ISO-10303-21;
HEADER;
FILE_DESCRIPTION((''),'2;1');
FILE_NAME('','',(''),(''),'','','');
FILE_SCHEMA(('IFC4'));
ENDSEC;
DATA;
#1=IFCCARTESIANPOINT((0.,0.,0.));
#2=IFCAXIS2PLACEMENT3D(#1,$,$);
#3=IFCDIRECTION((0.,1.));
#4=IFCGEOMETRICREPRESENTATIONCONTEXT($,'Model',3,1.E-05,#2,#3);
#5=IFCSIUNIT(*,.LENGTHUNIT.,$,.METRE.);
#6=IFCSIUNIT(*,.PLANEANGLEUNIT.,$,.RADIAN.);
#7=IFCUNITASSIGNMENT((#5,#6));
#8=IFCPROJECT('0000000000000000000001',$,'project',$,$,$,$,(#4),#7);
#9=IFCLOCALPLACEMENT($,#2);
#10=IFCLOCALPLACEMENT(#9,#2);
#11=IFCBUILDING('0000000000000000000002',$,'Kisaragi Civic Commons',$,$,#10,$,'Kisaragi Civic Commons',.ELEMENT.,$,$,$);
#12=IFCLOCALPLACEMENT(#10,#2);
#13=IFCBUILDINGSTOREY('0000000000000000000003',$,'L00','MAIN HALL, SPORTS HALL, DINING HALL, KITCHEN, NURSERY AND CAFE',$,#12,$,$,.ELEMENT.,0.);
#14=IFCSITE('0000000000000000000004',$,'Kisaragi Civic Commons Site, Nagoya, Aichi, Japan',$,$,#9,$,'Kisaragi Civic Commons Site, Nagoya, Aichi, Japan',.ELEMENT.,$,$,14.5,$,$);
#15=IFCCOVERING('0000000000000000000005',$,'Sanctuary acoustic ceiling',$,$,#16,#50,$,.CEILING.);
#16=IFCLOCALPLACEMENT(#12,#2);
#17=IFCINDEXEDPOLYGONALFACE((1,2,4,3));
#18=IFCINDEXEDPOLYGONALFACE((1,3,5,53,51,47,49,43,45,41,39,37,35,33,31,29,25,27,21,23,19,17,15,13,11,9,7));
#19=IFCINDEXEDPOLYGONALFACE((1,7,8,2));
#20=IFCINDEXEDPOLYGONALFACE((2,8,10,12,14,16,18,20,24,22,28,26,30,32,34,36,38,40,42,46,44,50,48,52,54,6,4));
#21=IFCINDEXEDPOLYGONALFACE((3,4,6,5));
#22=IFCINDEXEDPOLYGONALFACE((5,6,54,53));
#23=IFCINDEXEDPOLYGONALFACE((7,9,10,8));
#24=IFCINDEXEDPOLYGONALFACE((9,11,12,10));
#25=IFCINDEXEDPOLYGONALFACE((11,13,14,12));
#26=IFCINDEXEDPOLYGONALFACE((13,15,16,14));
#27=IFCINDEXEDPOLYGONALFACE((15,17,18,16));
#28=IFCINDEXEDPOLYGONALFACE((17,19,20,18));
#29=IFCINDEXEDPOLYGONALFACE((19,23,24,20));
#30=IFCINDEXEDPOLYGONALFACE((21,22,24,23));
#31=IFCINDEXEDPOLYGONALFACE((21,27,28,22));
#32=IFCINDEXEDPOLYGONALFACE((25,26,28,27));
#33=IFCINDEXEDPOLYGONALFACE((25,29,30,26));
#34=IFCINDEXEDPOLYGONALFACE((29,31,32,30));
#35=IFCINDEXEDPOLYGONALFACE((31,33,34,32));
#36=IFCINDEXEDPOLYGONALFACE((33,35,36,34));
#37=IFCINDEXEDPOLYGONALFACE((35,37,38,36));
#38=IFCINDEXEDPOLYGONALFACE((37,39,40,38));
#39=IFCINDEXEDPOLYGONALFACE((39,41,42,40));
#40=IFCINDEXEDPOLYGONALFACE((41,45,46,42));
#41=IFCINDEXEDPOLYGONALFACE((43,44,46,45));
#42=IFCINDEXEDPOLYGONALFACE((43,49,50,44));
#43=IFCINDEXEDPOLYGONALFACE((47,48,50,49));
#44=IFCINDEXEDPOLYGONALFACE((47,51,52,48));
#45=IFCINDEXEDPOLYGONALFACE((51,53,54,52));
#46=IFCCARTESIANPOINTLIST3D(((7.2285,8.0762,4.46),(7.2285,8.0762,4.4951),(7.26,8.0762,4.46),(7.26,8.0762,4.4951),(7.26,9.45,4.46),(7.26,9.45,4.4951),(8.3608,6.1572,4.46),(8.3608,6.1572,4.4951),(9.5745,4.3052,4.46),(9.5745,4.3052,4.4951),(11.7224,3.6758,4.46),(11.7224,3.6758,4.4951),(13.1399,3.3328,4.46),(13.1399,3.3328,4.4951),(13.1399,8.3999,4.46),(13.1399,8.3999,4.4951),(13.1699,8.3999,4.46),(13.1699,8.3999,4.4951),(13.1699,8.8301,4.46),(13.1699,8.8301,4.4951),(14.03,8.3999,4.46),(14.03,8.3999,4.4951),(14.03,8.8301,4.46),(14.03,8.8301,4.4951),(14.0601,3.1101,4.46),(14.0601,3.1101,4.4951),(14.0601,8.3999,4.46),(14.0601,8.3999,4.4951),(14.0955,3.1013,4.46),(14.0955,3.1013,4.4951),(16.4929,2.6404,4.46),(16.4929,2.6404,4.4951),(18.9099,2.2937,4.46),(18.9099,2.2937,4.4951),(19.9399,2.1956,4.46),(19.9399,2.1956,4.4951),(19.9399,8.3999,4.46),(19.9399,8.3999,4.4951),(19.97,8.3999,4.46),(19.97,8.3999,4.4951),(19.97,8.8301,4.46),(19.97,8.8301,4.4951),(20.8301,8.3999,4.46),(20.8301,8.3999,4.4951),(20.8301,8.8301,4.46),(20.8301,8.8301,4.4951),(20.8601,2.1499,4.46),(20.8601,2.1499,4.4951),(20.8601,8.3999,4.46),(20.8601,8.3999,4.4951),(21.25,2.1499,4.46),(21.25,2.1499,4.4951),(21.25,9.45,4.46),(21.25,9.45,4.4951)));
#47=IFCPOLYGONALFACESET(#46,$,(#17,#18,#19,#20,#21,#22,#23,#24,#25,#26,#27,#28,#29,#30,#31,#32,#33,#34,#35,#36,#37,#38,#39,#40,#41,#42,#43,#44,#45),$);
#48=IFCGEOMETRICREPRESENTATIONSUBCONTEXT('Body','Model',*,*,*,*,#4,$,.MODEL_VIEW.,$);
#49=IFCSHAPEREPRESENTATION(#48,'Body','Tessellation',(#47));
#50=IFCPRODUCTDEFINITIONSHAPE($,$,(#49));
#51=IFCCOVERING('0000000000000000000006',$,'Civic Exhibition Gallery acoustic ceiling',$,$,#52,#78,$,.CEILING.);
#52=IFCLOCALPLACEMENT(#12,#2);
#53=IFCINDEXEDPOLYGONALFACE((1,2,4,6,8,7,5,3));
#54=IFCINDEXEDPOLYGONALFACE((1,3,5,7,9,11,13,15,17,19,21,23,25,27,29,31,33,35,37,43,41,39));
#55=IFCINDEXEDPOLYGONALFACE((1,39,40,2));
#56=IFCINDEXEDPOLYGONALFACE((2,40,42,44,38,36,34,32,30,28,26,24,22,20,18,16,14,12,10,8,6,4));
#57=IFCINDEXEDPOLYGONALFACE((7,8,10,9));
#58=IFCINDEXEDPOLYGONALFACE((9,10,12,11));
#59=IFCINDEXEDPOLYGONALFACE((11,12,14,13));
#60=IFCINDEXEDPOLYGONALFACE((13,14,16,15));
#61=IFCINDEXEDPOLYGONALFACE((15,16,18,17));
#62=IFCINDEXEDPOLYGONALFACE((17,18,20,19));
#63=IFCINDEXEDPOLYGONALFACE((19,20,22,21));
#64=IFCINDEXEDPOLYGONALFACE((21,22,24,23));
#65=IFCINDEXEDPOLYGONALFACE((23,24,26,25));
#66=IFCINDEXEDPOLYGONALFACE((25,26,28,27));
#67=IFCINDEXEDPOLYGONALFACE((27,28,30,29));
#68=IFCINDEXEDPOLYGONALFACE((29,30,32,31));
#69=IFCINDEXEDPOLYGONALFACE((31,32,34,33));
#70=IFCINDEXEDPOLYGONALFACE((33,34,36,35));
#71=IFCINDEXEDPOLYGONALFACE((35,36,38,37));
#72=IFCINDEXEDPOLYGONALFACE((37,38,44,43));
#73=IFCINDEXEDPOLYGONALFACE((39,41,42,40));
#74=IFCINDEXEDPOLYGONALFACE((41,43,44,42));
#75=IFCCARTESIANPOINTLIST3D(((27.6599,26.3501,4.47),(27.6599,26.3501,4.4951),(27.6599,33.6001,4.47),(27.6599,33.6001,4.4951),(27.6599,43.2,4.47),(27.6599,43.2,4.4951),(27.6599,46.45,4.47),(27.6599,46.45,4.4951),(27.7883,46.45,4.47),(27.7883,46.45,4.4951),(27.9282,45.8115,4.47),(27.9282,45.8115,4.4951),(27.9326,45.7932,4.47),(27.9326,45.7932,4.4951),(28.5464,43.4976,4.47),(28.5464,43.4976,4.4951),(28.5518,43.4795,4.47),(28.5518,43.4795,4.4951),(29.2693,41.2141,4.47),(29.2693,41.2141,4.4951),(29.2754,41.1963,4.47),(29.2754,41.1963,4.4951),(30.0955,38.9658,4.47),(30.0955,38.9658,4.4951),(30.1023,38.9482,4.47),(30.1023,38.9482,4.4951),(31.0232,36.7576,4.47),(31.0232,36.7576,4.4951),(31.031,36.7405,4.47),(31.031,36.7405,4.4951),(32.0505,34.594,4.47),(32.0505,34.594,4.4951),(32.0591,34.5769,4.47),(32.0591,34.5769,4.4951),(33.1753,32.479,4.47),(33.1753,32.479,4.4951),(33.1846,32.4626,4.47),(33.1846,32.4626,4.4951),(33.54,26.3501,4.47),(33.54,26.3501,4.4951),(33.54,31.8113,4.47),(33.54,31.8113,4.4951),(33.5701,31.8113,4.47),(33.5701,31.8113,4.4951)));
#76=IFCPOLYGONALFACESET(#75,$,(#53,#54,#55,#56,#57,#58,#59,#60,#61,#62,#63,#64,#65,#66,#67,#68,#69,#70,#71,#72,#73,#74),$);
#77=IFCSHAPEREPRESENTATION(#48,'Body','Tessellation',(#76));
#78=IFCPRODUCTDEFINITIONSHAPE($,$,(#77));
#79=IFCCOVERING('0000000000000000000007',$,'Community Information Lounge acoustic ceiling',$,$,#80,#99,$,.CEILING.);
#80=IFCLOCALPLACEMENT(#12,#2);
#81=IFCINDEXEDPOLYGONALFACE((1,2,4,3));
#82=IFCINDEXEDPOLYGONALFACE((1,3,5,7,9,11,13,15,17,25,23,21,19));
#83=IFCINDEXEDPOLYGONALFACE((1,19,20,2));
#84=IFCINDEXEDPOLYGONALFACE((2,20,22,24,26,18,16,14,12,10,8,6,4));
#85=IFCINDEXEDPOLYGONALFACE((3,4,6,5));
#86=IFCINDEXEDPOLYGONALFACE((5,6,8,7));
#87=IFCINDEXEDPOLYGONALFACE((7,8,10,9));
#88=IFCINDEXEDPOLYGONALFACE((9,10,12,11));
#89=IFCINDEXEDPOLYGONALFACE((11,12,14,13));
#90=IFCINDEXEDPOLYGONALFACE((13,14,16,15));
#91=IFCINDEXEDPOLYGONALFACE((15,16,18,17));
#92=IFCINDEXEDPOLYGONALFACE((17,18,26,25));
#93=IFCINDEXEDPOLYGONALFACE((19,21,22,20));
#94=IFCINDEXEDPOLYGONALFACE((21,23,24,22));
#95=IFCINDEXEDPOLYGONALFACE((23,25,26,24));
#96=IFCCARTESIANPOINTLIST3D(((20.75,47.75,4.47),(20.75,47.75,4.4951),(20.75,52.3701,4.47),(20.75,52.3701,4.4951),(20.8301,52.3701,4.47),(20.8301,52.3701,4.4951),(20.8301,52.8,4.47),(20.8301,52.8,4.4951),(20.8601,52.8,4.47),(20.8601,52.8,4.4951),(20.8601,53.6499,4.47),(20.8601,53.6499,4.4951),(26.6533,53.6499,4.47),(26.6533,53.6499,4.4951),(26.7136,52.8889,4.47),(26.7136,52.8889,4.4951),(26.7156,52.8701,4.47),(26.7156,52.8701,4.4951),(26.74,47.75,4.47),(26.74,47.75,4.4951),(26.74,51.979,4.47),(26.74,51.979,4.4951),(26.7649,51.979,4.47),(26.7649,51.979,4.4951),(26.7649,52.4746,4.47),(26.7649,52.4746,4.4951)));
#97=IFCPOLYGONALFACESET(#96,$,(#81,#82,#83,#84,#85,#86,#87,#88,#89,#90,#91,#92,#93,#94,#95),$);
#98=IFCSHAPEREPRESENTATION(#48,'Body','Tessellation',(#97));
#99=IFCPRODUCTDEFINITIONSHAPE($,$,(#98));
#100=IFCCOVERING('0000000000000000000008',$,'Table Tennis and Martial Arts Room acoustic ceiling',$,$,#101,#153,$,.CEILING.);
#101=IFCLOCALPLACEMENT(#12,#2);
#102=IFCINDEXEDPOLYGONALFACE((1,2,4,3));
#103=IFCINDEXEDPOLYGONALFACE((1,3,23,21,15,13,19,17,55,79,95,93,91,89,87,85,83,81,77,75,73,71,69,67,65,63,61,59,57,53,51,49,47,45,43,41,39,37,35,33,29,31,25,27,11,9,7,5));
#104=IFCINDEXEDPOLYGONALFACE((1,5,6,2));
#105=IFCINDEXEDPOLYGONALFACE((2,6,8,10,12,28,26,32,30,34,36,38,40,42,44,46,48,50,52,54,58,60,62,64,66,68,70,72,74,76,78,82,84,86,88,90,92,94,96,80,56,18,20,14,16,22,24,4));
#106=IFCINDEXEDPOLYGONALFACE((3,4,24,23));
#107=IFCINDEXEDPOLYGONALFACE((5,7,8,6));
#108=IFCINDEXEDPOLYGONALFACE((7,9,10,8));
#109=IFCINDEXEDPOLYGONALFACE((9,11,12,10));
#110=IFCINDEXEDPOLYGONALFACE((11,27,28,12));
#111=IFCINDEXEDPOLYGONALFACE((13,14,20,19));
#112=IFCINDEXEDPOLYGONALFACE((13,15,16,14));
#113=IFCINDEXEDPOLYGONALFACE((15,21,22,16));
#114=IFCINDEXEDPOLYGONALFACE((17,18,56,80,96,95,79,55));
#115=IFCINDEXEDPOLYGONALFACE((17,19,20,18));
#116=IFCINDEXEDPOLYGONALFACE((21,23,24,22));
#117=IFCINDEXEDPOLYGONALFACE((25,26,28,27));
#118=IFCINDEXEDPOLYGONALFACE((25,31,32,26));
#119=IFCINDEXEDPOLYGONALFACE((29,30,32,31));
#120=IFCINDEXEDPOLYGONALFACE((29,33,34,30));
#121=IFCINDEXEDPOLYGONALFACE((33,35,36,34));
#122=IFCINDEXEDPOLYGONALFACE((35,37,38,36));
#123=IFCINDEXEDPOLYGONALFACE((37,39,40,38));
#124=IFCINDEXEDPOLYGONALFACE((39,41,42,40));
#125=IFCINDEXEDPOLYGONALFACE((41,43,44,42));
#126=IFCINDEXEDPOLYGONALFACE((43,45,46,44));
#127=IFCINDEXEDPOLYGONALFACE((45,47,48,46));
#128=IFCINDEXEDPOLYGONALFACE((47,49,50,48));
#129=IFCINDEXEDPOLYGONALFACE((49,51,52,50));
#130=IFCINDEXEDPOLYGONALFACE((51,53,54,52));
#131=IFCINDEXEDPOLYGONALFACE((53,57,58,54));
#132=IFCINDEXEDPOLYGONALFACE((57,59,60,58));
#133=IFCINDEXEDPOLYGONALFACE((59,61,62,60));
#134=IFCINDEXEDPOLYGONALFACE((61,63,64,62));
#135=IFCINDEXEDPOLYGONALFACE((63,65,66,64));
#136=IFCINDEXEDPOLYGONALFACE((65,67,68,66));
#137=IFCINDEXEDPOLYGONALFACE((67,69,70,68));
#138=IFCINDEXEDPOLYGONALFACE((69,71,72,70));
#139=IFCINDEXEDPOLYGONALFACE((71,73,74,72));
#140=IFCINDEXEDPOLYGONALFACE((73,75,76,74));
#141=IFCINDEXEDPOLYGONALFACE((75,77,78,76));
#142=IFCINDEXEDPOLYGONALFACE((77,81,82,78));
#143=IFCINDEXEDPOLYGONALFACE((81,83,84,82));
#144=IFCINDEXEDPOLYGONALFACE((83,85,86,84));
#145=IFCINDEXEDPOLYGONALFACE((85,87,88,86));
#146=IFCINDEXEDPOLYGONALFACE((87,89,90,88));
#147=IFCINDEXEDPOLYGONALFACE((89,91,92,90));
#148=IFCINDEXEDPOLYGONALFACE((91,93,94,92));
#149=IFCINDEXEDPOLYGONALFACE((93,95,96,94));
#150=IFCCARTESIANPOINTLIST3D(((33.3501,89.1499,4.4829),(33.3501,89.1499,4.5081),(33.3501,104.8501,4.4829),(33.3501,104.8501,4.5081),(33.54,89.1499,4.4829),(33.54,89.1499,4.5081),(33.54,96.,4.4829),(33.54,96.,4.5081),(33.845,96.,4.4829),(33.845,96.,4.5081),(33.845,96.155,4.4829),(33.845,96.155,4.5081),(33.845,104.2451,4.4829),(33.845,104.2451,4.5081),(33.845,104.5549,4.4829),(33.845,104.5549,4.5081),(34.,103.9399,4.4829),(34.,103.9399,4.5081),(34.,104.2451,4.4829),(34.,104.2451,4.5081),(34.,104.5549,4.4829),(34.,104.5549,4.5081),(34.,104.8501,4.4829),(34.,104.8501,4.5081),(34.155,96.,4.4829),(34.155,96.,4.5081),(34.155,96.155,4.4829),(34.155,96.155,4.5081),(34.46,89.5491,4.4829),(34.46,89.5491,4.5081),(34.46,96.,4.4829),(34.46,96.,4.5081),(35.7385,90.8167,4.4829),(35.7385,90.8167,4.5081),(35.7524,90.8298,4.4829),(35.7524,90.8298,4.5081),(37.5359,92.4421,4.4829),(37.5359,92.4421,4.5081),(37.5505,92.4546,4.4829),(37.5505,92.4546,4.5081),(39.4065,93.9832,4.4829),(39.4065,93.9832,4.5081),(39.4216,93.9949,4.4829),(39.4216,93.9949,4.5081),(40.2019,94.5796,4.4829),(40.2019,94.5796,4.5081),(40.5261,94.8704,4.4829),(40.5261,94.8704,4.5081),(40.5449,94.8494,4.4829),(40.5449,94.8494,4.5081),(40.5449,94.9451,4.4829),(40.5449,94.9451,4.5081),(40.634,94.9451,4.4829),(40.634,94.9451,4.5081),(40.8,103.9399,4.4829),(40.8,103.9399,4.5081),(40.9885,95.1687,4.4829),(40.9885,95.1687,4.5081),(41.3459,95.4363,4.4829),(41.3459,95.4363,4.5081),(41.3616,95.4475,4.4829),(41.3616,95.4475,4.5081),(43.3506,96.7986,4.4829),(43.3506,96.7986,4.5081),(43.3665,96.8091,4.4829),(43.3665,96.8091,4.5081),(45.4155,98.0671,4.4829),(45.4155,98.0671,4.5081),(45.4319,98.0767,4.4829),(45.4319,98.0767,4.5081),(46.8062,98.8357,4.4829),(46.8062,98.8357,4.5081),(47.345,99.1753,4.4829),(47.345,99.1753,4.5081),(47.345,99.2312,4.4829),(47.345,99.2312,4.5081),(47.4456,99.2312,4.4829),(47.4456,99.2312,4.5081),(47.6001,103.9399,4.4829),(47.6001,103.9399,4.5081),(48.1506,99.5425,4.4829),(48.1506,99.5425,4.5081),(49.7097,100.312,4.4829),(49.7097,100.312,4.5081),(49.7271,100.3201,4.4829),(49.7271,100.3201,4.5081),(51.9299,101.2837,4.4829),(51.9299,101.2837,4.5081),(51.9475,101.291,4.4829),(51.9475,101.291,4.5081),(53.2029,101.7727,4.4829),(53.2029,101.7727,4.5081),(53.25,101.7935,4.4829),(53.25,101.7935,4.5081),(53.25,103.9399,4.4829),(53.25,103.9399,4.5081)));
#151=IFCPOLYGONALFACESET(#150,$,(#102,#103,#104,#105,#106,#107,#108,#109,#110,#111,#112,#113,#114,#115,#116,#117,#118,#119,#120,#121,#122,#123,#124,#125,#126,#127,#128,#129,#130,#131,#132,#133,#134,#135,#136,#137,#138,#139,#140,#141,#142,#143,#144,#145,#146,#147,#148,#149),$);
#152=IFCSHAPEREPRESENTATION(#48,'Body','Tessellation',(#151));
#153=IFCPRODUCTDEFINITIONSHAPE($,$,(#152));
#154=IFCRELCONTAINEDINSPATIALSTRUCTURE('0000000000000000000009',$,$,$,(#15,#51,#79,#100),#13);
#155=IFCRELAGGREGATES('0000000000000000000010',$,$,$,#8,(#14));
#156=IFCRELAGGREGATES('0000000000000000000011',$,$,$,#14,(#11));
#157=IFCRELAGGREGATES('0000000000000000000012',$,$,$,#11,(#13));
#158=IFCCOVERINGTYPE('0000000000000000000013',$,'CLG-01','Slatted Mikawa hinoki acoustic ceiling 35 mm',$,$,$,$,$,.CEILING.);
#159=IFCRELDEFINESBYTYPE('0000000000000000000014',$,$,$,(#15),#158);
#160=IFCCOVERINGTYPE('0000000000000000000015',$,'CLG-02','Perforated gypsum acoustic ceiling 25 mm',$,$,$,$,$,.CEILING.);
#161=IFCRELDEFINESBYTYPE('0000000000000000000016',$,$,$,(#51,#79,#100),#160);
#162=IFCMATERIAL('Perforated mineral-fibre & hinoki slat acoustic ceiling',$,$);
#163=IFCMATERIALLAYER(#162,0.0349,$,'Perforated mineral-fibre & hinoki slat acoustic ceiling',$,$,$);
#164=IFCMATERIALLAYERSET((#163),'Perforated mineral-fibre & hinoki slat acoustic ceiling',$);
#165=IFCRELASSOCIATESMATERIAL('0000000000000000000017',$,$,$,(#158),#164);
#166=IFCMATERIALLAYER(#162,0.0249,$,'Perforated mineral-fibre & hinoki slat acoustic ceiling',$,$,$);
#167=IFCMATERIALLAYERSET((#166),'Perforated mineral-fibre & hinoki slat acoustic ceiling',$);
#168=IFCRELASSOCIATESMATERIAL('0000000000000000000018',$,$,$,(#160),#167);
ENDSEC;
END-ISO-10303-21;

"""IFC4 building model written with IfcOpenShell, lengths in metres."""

from ifc_helpers import new_model, si_unit, direction, frame, origin, place, context, subcontext, project, spatial, polyline, outline, extrude, material, layer, layer_set, type_object, element, save


model = new_model("IFC4")

# Units and contexts
model_context = context("Model", 3, precision=1e-05, world=origin(), true_north=direction((0.0, 1.0)))
body_context = subcontext(model_context, "Body", "Model", "MODEL_VIEW")
ifc_project = project(units=[si_unit("LENGTHUNIT", "METRE"), si_unit("PLANEANGLEUNIT", "RADIAN")], contexts=[model_context])

# Site, building, storey
site_placement = place(None, origin())
site = spatial("IfcSite", under=ifc_project, at=site_placement, Name="Kisaragi Civic Commons Site, Nagoya, Aichi, Japan", LongName="Kisaragi Civic Commons Site, Nagoya, Aichi, Japan", CompositionType="ELEMENT", RefElevation=14.5)
building_placement = place(site_placement, origin())
building = spatial("IfcBuilding", under=site, at=building_placement, Name="Kisaragi Civic Commons", LongName="Kisaragi Civic Commons", CompositionType="ELEMENT")
storey_placement = place(building_placement, origin())
storey = spatial("IfcBuildingStorey", under=building, at=storey_placement, Name="L00", Description="MAIN HALL, SPORTS HALL, DINING HALL, KITCHEN, NURSERY AND CAFE", CompositionType="ELEMENT", Elevation=0.0)

# Coverings
ifc_material_1 = material(Name="Perforated mineral-fibre & hinoki slat acoustic ceiling")
ifc_layer_1 = layer(ifc_material_1, 0.0349, Name="Perforated mineral-fibre & hinoki slat acoustic ceiling")
ifc_layer_set_1 = layer_set([ifc_layer_1], Name="Perforated mineral-fibre & hinoki slat acoustic ceiling")
covering_type_1 = type_object("IfcCoveringType", Name="CLG-01", Description="Slatted Mikawa hinoki acoustic ceiling 35 mm", PredefinedType="CEILING", material=ifc_layer_set_1)
covering_1_placement = place(storey_placement, frame((0.0, 0.0, 4.46)))
element("IfcCovering", 1, at=covering_1_placement, inside=storey, type_object=covering_type_1, Name="Sanctuary acoustic ceiling", PredefinedType="CEILING", context=body_context, shape_type="SweptSolid", body=[
    extrude(outline(polyline([(21.25, 9.45), (7.26, 9.45), (7.26, 8.0762), (7.2285, 8.0762), (8.3608, 6.1572), (9.5745, 4.3052), (11.7224, 3.6758), (13.1399, 3.3328), (13.1399, 8.3999), (13.1699, 8.3999), (13.1699, 8.8301), (14.03, 8.8301), (14.03, 8.3999), (14.0601, 8.3999), (14.0601, 3.1101), (14.0955, 3.1013), (16.4929, 2.6404), (18.9099, 2.2937), (19.9399, 2.1956), (19.9399, 8.3999), (19.97, 8.3999), (19.97, 8.8301), (20.8301, 8.8301), (20.8301, 8.3999), (20.8601, 8.3999), (20.8601, 2.1499), (21.25, 2.1499), (21.25, 9.45)])), origin(), (0.0, 0.0, 1.0), 0.0352),
])
ifc_layer_2 = layer(ifc_material_1, 0.0249, Name="Perforated mineral-fibre & hinoki slat acoustic ceiling")
ifc_layer_set_2 = layer_set([ifc_layer_2], Name="Perforated mineral-fibre & hinoki slat acoustic ceiling")
covering_type_2 = type_object("IfcCoveringType", Name="CLG-02", Description="Perforated gypsum acoustic ceiling 25 mm", PredefinedType="CEILING", material=ifc_layer_set_2)
covering_2_placement = place(storey_placement, frame((0.0, 0.0, 4.47)))
element("IfcCovering", 2, at=covering_2_placement, inside=storey, type_object=covering_type_2, Name="Civic Exhibition Gallery acoustic ceiling", PredefinedType="CEILING", context=body_context, shape_type="SweptSolid", body=[
    extrude(outline(polyline([(27.9282, 45.8115), (27.7883, 46.45), (27.6599, 46.45), (27.6599, 43.2), (27.6599, 33.6001), (27.6599, 26.3501), (33.54, 26.3501), (33.54, 31.8113), (33.5701, 31.8113), (33.1846, 32.4626), (33.1753, 32.479), (32.0591, 34.5769), (32.0505, 34.594), (31.031, 36.7405), (31.0232, 36.7576), (30.1023, 38.9482), (30.0955, 38.9658), (29.2754, 41.1963), (29.2693, 41.2141), (28.5518, 43.4795), (28.5464, 43.4976), (27.9326, 45.7932), (27.9282, 45.8115)])), origin(), (0.0, 0.0, 1.0), 0.0251),
])
covering_3_placement = place(storey_placement, frame((0.0, 0.0, 4.47)))
element("IfcCovering", 3, at=covering_3_placement, inside=storey, type_object=covering_type_2, Name="Community Information Lounge acoustic ceiling", PredefinedType="CEILING", context=body_context, shape_type="SweptSolid", body=[
    extrude(outline(polyline([(26.7136, 52.8889), (26.6533, 53.6499), (20.8601, 53.6499), (20.8601, 52.8), (20.8301, 52.8), (20.8301, 52.3701), (20.75, 52.3701), (20.75, 47.75), (26.74, 47.75), (26.74, 51.979), (26.7649, 51.979), (26.7649, 52.4746), (26.7156, 52.8701), (26.7136, 52.8889)])), origin(), (0.0, 0.0, 1.0), 0.0251),
])
covering_4_placement = place(storey_placement, frame((0.0, 0.0, 4.4829)))
element("IfcCovering", 4, at=covering_4_placement, inside=storey, type_object=covering_type_2, Name="Table Tennis and Martial Arts Room acoustic ceiling", PredefinedType="CEILING", context=body_context, shape_type="SweptSolid", body=[
    extrude(outline(polyline([(34.0, 104.8501), (33.3501, 104.8501), (33.3501, 89.1499), (33.54, 89.1499), (33.54, 96.0), (33.845, 96.0), (33.845, 96.155), (34.155, 96.155), (34.155, 96.0), (34.46, 96.0), (34.46, 89.5491), (35.7385, 90.8167), (35.7524, 90.8298), (37.5359, 92.4421), (37.5505, 92.4546), (39.4065, 93.9832), (39.4216, 93.9949), (40.2019, 94.5796), (40.5261, 94.8704), (40.5449, 94.8494), (40.5449, 94.9451), (40.634, 94.9451), (40.9885, 95.1687), (41.3459, 95.4363), (41.3616, 95.4475), (43.3506, 96.7986), (43.3665, 96.8091), (45.4155, 98.0671), (45.4319, 98.0767), (46.8062, 98.8357), (47.345, 99.1753), (47.345, 99.2312), (47.4456, 99.2312), (48.1506, 99.5425), (49.7097, 100.312), (49.7271, 100.3201), (51.9299, 101.2837), (51.9475, 101.291), (53.2029, 101.7727), (53.25, 101.7935), (53.25, 103.9399), (47.6001, 103.9399), (40.8, 103.9399), (34.0, 103.9399), (34.0, 104.2451), (33.845, 104.2451), (33.845, 104.5549), (34.0, 104.5549), (34.0, 104.8501)])), origin(), (0.0, 0.0, 1.0), 0.0251),
])

save(model, "model.ifc")
